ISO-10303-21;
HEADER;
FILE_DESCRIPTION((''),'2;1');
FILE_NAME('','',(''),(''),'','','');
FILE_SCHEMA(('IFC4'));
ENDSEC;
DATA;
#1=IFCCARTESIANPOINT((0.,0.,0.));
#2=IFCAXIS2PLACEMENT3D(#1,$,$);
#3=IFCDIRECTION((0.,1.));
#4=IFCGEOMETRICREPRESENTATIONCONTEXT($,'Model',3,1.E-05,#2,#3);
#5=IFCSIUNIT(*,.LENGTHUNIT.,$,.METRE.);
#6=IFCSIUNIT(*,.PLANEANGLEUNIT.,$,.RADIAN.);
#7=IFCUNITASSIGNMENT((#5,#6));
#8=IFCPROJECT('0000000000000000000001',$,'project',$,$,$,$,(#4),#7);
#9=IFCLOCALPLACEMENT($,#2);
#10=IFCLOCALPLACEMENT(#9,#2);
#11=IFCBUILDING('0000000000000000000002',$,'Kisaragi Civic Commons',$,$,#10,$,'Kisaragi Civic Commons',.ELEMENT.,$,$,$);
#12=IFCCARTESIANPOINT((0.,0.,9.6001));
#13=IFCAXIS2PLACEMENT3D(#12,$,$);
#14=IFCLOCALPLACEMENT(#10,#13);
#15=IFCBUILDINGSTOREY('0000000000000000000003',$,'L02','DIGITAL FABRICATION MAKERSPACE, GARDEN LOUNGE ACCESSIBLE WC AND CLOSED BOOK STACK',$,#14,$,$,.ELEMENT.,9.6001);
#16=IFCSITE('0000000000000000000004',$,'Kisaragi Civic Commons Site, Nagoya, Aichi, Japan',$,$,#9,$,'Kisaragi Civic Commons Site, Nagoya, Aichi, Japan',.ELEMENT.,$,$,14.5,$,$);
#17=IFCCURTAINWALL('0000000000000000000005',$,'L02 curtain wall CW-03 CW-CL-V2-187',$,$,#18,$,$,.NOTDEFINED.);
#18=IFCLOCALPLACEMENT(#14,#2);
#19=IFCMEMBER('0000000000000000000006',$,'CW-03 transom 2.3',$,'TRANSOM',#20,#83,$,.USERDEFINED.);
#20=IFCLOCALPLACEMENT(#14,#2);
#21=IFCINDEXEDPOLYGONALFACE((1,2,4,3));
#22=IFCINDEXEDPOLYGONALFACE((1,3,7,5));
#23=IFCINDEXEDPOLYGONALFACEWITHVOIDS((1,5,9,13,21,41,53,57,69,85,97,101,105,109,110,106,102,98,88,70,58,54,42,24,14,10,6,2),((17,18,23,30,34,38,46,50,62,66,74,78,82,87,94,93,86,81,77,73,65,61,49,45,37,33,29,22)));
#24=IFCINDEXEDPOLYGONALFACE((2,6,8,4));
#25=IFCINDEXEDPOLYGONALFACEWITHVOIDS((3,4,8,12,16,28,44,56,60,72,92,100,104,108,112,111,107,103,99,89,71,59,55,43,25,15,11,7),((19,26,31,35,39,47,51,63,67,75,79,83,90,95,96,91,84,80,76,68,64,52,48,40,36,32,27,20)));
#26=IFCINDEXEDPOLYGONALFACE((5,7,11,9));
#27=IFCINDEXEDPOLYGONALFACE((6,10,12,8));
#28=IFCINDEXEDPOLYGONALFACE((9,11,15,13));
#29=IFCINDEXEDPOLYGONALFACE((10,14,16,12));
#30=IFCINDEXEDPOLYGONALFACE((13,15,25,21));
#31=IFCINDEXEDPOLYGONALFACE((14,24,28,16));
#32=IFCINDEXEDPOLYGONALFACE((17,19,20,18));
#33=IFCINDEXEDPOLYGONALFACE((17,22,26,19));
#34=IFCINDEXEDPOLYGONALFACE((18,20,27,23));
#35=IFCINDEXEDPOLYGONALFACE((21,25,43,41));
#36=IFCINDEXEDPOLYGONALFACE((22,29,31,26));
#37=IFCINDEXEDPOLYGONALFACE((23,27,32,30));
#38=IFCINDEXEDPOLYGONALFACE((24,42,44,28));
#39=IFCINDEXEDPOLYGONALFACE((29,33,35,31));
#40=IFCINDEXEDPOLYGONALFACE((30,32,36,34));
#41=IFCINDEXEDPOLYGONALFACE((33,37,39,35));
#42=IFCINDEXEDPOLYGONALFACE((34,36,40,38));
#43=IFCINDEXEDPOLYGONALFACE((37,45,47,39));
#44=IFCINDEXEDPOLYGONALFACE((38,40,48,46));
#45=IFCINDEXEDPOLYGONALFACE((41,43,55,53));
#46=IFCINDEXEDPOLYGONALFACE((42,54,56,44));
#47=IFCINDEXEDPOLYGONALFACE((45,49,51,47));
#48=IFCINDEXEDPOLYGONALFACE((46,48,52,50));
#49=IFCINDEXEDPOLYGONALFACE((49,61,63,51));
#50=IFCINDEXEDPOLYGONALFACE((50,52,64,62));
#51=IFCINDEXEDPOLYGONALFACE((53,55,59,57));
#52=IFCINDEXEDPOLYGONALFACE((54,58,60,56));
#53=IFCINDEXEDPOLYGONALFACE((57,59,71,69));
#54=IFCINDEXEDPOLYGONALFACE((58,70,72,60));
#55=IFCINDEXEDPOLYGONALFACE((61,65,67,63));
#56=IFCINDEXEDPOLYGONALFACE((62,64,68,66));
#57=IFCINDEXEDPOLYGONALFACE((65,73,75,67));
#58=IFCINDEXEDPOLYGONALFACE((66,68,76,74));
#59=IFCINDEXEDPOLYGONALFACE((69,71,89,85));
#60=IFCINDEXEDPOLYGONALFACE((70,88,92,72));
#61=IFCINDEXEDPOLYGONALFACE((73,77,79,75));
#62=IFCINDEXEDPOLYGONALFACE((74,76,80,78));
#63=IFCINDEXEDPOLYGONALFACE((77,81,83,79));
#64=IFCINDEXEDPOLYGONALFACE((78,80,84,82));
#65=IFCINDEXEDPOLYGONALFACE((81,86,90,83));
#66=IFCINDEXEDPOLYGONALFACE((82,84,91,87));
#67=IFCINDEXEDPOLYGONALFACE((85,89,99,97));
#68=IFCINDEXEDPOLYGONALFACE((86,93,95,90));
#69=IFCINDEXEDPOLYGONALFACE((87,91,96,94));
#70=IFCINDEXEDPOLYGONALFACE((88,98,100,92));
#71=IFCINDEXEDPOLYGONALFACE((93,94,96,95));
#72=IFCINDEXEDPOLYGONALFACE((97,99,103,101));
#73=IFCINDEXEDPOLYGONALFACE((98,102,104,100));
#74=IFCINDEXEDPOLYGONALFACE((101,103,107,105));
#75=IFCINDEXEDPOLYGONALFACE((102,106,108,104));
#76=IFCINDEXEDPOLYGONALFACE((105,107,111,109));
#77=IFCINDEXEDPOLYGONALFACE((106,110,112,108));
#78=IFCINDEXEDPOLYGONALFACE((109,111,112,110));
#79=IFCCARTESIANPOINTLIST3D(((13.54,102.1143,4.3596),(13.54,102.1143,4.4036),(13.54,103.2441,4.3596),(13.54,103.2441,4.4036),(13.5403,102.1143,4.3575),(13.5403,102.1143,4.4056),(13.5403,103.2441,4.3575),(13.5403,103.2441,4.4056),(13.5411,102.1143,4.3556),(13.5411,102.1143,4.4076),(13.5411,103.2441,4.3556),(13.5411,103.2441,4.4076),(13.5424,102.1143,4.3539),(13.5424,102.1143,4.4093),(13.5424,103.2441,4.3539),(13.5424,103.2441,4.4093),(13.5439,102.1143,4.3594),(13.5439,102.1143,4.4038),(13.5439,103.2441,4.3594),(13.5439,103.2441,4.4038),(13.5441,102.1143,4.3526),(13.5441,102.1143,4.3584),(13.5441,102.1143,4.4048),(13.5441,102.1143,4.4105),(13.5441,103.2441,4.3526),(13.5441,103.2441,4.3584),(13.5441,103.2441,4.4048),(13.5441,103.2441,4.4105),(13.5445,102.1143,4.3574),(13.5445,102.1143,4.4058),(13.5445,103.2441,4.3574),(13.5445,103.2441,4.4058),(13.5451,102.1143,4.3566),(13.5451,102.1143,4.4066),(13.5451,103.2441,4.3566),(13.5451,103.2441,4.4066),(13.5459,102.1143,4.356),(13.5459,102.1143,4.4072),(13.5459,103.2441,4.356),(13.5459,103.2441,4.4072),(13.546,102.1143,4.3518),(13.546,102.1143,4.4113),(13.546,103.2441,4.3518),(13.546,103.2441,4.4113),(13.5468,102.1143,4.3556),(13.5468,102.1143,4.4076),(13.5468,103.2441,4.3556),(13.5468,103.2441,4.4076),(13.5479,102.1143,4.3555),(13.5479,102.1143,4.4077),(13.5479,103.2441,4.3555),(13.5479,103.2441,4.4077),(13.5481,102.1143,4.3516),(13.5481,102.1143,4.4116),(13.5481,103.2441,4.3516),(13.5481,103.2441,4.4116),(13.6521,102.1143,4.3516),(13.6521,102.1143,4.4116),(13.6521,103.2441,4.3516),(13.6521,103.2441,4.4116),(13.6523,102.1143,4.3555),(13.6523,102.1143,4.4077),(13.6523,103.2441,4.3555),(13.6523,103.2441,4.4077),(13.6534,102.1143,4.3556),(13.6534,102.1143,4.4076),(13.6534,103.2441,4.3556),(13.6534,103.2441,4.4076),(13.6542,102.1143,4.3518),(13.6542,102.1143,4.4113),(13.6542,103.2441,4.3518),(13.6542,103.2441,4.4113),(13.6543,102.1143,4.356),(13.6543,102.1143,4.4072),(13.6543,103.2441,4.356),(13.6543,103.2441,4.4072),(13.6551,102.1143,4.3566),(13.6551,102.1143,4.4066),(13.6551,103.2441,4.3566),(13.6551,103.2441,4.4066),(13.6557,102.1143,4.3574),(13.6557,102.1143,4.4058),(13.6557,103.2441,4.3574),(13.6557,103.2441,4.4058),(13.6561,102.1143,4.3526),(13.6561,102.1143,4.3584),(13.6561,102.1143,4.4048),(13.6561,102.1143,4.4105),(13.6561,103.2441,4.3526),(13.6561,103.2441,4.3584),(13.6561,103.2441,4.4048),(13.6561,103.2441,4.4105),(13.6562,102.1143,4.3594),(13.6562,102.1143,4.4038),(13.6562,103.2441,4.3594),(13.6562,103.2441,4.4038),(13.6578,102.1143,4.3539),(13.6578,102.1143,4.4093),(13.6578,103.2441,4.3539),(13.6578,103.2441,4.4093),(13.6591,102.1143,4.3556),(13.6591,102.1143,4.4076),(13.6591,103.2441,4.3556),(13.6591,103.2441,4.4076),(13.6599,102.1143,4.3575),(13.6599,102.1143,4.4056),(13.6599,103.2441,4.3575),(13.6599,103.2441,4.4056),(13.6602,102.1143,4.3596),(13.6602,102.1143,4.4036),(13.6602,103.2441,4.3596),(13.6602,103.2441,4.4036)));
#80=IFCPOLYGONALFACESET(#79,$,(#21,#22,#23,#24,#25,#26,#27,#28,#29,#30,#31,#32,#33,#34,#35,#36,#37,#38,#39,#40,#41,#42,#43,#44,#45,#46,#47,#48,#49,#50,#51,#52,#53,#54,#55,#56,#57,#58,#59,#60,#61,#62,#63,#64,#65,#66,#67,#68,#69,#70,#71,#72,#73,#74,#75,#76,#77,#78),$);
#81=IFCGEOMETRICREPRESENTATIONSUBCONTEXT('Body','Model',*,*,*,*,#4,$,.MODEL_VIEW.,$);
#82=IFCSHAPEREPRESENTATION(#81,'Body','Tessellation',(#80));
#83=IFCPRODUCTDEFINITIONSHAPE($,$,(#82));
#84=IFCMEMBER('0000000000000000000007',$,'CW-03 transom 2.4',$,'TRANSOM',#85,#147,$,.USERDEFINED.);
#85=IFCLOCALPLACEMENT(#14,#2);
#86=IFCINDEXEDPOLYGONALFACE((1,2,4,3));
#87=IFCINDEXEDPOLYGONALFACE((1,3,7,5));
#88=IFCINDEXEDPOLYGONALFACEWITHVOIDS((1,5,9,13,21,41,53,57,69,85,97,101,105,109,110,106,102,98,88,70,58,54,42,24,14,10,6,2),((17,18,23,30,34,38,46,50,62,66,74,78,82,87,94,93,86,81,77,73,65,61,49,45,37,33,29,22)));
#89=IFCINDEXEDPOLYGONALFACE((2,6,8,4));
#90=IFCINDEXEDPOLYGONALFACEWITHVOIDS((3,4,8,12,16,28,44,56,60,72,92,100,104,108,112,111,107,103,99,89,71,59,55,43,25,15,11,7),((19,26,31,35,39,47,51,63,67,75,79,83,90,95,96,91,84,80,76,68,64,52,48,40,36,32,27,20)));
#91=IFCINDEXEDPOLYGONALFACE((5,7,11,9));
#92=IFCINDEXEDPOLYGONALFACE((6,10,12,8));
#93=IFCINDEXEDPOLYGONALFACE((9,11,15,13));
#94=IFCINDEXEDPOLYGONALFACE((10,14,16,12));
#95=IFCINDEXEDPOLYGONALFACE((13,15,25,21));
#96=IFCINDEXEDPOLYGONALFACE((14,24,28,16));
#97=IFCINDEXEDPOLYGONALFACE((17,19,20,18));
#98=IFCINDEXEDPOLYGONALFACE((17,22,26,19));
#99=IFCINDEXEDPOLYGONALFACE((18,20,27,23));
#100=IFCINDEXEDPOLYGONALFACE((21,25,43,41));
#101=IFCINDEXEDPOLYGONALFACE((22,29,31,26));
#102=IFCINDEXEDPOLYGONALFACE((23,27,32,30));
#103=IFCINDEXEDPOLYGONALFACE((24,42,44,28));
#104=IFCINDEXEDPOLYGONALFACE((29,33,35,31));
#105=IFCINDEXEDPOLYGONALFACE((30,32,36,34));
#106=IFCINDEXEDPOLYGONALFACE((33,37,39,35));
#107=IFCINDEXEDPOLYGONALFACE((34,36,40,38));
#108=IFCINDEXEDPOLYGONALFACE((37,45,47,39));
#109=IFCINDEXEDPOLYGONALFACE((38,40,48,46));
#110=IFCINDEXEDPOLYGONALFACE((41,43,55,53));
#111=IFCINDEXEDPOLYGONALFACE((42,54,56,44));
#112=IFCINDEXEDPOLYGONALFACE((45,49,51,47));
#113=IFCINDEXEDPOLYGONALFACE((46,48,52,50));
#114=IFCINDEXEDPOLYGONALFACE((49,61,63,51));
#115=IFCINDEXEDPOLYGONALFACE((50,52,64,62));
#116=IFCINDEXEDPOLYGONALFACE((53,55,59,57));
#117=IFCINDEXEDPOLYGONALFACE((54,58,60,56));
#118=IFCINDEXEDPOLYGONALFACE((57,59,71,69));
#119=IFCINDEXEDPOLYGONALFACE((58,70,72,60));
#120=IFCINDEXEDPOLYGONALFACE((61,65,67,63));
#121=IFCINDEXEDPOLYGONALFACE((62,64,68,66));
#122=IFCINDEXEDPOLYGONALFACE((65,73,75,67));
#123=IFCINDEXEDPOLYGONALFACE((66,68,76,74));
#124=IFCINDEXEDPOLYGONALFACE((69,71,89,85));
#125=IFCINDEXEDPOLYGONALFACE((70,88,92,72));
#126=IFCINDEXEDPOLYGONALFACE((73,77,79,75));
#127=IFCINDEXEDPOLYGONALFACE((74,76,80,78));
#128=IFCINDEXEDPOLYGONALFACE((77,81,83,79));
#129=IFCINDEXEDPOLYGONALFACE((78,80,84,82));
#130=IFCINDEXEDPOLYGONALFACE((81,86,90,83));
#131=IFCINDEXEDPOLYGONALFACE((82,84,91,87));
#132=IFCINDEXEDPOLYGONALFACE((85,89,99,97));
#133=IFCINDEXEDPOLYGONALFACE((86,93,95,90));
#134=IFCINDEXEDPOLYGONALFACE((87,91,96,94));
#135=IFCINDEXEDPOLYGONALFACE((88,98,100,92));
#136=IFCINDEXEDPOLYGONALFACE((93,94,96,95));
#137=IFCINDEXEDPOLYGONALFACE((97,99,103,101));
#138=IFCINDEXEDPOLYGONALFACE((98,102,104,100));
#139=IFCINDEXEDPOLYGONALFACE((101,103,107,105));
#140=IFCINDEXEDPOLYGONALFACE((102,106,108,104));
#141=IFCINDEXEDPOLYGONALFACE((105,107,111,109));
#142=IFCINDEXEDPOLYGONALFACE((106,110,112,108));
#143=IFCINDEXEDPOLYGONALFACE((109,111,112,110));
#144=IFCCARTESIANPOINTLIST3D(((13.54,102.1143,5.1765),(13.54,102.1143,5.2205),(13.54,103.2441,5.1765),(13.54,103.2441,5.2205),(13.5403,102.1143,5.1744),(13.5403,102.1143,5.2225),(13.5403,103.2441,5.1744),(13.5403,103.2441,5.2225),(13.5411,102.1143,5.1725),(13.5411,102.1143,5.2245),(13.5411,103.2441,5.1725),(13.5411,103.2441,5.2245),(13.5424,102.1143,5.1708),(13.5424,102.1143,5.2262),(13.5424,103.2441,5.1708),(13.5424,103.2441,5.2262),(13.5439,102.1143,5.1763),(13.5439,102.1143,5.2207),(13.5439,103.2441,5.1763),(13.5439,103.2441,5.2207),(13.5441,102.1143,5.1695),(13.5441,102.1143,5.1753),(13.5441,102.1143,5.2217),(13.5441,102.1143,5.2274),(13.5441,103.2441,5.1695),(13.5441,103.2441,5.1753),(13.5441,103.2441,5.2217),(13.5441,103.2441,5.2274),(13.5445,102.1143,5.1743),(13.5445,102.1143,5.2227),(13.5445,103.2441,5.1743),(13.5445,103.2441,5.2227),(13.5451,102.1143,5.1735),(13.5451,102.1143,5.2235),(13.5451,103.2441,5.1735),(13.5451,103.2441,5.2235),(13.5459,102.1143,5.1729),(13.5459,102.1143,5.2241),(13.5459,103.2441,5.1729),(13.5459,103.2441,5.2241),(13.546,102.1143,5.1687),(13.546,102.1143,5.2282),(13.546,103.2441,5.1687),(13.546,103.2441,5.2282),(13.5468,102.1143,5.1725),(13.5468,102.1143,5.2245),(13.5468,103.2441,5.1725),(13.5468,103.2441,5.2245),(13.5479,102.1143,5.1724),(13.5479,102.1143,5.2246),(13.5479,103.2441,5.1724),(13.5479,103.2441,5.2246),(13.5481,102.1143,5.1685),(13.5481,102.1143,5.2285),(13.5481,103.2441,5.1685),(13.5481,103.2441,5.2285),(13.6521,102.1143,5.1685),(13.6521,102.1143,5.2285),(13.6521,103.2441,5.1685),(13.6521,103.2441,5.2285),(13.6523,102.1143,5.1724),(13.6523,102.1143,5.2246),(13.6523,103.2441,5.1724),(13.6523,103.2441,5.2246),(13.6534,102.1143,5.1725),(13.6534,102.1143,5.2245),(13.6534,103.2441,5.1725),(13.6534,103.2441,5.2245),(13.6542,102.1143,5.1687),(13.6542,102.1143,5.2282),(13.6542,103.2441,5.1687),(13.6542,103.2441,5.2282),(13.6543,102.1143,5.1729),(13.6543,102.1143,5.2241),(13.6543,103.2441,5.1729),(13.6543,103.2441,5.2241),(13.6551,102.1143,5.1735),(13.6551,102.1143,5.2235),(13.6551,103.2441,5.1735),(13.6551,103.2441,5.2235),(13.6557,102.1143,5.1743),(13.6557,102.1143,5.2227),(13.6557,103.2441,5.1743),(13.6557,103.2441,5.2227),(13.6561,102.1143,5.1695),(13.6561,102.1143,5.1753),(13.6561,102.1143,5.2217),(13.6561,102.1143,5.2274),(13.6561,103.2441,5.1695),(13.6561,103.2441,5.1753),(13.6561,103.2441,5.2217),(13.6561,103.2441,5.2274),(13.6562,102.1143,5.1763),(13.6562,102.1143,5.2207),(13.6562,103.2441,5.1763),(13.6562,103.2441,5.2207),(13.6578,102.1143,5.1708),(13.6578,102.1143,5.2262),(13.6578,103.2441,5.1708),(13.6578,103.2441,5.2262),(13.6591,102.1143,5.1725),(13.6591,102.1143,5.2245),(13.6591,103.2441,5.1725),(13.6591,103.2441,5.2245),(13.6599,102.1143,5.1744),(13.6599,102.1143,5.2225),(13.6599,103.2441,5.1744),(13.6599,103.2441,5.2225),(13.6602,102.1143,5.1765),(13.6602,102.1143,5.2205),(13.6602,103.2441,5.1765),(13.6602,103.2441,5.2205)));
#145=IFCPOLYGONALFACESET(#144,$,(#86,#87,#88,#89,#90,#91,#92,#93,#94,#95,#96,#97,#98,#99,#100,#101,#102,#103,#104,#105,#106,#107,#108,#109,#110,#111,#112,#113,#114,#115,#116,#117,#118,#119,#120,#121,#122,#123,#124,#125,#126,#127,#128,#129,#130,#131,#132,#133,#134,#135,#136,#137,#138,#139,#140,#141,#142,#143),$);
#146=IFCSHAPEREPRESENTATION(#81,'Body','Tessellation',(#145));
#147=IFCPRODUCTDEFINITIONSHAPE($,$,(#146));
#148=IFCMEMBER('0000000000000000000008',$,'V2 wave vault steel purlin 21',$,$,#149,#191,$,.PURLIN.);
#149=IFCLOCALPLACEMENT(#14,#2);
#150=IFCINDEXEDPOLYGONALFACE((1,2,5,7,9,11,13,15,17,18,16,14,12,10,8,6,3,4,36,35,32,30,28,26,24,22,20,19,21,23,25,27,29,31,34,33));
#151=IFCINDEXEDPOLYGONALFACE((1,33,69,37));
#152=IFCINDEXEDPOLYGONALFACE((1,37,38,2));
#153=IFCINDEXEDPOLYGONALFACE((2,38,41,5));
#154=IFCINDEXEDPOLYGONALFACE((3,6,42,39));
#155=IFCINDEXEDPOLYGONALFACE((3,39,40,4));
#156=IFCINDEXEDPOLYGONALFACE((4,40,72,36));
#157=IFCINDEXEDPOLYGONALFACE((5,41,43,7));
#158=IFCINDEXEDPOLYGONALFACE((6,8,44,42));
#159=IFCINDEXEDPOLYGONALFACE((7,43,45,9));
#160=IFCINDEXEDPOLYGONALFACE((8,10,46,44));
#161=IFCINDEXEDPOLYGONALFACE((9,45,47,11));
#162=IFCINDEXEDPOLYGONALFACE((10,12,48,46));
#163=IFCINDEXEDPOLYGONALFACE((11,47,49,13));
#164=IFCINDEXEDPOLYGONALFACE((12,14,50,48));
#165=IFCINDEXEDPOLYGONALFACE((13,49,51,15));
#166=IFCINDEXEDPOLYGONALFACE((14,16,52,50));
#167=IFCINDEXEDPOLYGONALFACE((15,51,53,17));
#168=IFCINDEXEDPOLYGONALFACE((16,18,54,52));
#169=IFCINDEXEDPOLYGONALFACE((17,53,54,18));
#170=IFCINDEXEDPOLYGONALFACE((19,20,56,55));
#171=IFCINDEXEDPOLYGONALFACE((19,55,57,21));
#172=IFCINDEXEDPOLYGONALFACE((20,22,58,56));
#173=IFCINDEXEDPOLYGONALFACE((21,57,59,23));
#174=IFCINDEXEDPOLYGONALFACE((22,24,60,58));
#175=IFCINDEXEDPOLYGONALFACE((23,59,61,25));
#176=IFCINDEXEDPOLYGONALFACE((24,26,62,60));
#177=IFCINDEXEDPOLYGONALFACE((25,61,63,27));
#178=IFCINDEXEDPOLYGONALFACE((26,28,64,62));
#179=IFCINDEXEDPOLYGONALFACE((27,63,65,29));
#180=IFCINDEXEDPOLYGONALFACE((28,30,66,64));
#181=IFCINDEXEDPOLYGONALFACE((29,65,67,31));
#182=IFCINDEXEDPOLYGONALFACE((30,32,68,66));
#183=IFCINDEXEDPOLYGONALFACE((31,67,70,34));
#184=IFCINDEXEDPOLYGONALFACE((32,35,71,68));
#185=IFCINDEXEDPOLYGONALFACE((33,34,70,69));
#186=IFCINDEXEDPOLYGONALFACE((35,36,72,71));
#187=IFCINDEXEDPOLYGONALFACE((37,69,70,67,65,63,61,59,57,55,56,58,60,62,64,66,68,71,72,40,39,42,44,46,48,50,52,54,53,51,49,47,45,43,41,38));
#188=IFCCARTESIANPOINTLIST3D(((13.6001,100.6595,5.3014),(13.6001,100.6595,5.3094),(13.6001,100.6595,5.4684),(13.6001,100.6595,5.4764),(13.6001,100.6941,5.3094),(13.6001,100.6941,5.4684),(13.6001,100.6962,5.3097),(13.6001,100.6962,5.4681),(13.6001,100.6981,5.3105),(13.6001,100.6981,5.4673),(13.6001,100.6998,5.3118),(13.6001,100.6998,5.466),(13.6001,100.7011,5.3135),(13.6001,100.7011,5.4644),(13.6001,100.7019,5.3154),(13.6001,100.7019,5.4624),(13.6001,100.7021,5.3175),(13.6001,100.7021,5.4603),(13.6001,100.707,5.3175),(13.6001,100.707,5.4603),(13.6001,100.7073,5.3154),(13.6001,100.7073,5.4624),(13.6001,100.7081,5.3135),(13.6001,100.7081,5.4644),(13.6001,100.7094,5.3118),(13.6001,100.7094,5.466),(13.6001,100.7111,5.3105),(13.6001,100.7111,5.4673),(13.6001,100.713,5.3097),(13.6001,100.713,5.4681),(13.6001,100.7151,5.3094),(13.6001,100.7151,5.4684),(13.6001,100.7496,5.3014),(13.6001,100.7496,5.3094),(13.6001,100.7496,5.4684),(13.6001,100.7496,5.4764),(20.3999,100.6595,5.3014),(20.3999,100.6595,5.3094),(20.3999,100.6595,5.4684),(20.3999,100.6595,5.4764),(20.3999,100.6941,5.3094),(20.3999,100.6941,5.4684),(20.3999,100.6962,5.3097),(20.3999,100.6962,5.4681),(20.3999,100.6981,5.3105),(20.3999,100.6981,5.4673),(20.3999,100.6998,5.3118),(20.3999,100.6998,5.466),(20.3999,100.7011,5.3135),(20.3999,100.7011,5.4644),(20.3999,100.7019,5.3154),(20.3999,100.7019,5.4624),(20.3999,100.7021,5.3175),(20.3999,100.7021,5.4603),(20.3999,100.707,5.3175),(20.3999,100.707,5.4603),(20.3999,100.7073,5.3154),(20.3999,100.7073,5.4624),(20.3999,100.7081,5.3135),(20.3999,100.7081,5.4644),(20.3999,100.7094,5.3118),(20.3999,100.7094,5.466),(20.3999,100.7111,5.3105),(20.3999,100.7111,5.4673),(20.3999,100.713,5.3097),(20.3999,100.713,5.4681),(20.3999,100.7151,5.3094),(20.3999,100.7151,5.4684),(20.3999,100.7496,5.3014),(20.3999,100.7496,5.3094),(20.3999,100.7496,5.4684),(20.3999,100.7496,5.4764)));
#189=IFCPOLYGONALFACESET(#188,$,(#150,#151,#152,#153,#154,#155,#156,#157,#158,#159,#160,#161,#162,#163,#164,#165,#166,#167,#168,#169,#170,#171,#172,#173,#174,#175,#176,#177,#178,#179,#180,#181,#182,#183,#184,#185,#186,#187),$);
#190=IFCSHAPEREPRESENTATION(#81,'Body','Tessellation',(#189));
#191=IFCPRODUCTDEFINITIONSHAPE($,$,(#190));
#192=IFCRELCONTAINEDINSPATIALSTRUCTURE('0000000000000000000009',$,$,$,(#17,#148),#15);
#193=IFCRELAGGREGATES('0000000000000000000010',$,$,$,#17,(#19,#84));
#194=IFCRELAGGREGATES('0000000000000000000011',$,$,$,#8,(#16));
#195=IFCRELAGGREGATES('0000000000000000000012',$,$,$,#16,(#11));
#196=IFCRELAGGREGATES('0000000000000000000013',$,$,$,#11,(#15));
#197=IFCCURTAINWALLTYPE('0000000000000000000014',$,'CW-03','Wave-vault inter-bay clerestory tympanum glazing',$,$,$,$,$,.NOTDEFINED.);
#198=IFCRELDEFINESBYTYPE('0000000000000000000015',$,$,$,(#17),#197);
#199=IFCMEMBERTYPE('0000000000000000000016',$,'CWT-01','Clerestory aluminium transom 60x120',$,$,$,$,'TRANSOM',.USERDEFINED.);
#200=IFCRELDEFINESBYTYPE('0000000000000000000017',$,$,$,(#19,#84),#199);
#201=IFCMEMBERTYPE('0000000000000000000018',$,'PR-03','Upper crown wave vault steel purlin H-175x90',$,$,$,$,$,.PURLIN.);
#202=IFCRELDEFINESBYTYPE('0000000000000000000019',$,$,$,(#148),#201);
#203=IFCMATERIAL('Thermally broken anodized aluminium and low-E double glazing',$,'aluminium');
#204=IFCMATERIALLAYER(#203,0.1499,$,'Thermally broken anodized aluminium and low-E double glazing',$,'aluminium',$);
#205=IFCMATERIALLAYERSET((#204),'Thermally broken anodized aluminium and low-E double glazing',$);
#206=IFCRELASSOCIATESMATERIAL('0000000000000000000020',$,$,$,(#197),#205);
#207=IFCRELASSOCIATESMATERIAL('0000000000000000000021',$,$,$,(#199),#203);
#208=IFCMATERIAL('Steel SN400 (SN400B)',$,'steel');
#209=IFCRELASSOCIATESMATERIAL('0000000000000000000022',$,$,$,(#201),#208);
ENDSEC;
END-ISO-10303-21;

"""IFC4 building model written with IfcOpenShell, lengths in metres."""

from ifc_helpers import new_model, si_unit, direction, frame, origin, origin_2d, place, context, subcontext, project, spatial, hollow_rectangle, i_section, extrude, material, layer, layer_set, material_profile, profile_set, type_object, element, aggregate, save


model = new_model("IFC4")

# Units and contexts
model_context = context("Model", 3, precision=1e-05, world=origin(), true_north=direction((0.0, 1.0)))
body_context = subcontext(model_context, "Body", "Model", "MODEL_VIEW")
ifc_project = project(units=[si_unit("LENGTHUNIT", "METRE"), si_unit("PLANEANGLEUNIT", "RADIAN")], contexts=[model_context])

# Site, building, storey
site_placement = place(None, origin())
site = spatial("IfcSite", under=ifc_project, at=site_placement, Name="Kisaragi Civic Commons Site, Nagoya, Aichi, Japan", LongName="Kisaragi Civic Commons Site, Nagoya, Aichi, Japan", CompositionType="ELEMENT", RefElevation=14.5)
building_placement = place(site_placement, origin())
building = spatial("IfcBuilding", under=site, at=building_placement, Name="Kisaragi Civic Commons", LongName="Kisaragi Civic Commons", CompositionType="ELEMENT")
storey_placement = place(building_placement, frame((0.0, 0.0, 9.6001)))
storey = spatial("IfcBuildingStorey", under=building, at=storey_placement, Name="L02", Description="DIGITAL FABRICATION MAKERSPACE, GARDEN LOUNGE ACCESSIBLE WC AND CLOSED BOOK STACK", CompositionType="ELEMENT", Elevation=9.6001)

# Curtain wall
ifc_material_1 = material(Name="Thermally broken anodized aluminium and low-E double glazing", Category="aluminium")
ifc_layer_1 = layer(ifc_material_1, 0.1499, Name="Thermally broken anodized aluminium and low-E double glazing", Category="aluminium")
ifc_layer_set_1 = layer_set([ifc_layer_1], Name="Thermally broken anodized aluminium and low-E double glazing")
curtain_wall_type = type_object("IfcCurtainWallType", Name="CW-03", Description="Wave-vault inter-bay clerestory tympanum glazing", PredefinedType="NOTDEFINED", material=ifc_layer_set_1)
curtain_wall_1_placement = place(storey_placement, origin())
curtain_wall_1 = element("IfcCurtainWall", 1, at=curtain_wall_1_placement, inside=storey, type_object=curtain_wall_type, Name="L02 curtain wall CW-03 CW-CL-V2-187", PredefinedType="NOTDEFINED")

# Members
ifc_material_profile_1 = material_profile(ifc_material_1, hollow_rectangle(XDim=0.1201, YDim=0.0601, WallThickness=0.0039, InnerFilletRadius=0.0039, OuterFilletRadius=0.0081, at=origin_2d()), Name="CWT-60x120x4", Category="aluminium")
ifc_profile_set_1 = profile_set([ifc_material_profile_1], Name="Thermally broken anodized aluminium and low-E double glazing")
member_type_1 = type_object("IfcMemberType", Name="CWT-01", Description="Clerestory aluminium transom 60x120", ElementType="TRANSOM", PredefinedType="USERDEFINED", material=ifc_profile_set_1)
member_1_placement = place(storey_placement, frame((13.6001, 102.1143, 4.3816), z_axis=(0.0, 1.0, 0.0), x_axis=(-1.0, 0.0, 0.0)))
member_1 = element("IfcMember", 2, at=member_1_placement, type_object=member_type_1, Name="CW-03 transom 2.3", ObjectType="TRANSOM", PredefinedType="USERDEFINED", context=body_context, shape_type="SweptSolid", body=[
    extrude(hollow_rectangle(XDim=0.1201, YDim=0.0601, WallThickness=0.0039, InnerFilletRadius=0.0039, OuterFilletRadius=0.0081, at=origin_2d()), origin(), (0.0, 0.0, 1.0), 1.1299),
])
member_2_placement = place(storey_placement, frame((13.6001, 102.1143, 5.1985), z_axis=(0.0, 1.0, 0.0), x_axis=(-1.0, 0.0, 0.0)))
member_2 = element("IfcMember", 3, at=member_2_placement, type_object=member_type_1, Name="CW-03 transom 2.4", ObjectType="TRANSOM", PredefinedType="USERDEFINED", context=body_context, shape_type="SweptSolid", body=[
    extrude(hollow_rectangle(XDim=0.1201, YDim=0.0601, WallThickness=0.0039, InnerFilletRadius=0.0039, OuterFilletRadius=0.0081, at=origin_2d()), origin(), (0.0, 0.0, 1.0), 1.1299),
])

# Member
ifc_material_2 = material(Name="Steel SN400 (SN400B)", Category="steel")
ifc_material_profile_2 = material_profile(ifc_material_2, i_section(OverallWidth=0.0901, OverallDepth=0.175, WebThickness=0.0049, FlangeThickness=0.0081, FilletRadius=0.0081, at=origin_2d()), Name="H-175x90x5x8", Category="steel")
ifc_profile_set_2 = profile_set([ifc_material_profile_2], Name="Steel SN400 (SN400B)")
member_type_2 = type_object("IfcMemberType", Name="PR-03", Description="Upper crown wave vault steel purlin H-175x90", PredefinedType="PURLIN", material=ifc_profile_set_2)
member_3_placement = place(storey_placement, frame((13.6001, 100.7046, 5.3889), z_axis=(1.0, 0.0, 0.0), x_axis=(0.0, 1.0, 0.0)))
element("IfcMember", 4, at=member_3_placement, inside=storey, type_object=member_type_2, Name="V2 wave vault steel purlin 21", PredefinedType="PURLIN", context=body_context, shape_type="SweptSolid", body=[
    extrude(i_section(OverallWidth=0.0901, OverallDepth=0.175, WebThickness=0.0049, FlangeThickness=0.0081, FilletRadius=0.0081, at=origin_2d()), origin(), (0.0, 0.0, 1.0), 6.7998),
])

aggregate(curtain_wall_1, [member_1, member_2])

save(model, "model.ifc")
